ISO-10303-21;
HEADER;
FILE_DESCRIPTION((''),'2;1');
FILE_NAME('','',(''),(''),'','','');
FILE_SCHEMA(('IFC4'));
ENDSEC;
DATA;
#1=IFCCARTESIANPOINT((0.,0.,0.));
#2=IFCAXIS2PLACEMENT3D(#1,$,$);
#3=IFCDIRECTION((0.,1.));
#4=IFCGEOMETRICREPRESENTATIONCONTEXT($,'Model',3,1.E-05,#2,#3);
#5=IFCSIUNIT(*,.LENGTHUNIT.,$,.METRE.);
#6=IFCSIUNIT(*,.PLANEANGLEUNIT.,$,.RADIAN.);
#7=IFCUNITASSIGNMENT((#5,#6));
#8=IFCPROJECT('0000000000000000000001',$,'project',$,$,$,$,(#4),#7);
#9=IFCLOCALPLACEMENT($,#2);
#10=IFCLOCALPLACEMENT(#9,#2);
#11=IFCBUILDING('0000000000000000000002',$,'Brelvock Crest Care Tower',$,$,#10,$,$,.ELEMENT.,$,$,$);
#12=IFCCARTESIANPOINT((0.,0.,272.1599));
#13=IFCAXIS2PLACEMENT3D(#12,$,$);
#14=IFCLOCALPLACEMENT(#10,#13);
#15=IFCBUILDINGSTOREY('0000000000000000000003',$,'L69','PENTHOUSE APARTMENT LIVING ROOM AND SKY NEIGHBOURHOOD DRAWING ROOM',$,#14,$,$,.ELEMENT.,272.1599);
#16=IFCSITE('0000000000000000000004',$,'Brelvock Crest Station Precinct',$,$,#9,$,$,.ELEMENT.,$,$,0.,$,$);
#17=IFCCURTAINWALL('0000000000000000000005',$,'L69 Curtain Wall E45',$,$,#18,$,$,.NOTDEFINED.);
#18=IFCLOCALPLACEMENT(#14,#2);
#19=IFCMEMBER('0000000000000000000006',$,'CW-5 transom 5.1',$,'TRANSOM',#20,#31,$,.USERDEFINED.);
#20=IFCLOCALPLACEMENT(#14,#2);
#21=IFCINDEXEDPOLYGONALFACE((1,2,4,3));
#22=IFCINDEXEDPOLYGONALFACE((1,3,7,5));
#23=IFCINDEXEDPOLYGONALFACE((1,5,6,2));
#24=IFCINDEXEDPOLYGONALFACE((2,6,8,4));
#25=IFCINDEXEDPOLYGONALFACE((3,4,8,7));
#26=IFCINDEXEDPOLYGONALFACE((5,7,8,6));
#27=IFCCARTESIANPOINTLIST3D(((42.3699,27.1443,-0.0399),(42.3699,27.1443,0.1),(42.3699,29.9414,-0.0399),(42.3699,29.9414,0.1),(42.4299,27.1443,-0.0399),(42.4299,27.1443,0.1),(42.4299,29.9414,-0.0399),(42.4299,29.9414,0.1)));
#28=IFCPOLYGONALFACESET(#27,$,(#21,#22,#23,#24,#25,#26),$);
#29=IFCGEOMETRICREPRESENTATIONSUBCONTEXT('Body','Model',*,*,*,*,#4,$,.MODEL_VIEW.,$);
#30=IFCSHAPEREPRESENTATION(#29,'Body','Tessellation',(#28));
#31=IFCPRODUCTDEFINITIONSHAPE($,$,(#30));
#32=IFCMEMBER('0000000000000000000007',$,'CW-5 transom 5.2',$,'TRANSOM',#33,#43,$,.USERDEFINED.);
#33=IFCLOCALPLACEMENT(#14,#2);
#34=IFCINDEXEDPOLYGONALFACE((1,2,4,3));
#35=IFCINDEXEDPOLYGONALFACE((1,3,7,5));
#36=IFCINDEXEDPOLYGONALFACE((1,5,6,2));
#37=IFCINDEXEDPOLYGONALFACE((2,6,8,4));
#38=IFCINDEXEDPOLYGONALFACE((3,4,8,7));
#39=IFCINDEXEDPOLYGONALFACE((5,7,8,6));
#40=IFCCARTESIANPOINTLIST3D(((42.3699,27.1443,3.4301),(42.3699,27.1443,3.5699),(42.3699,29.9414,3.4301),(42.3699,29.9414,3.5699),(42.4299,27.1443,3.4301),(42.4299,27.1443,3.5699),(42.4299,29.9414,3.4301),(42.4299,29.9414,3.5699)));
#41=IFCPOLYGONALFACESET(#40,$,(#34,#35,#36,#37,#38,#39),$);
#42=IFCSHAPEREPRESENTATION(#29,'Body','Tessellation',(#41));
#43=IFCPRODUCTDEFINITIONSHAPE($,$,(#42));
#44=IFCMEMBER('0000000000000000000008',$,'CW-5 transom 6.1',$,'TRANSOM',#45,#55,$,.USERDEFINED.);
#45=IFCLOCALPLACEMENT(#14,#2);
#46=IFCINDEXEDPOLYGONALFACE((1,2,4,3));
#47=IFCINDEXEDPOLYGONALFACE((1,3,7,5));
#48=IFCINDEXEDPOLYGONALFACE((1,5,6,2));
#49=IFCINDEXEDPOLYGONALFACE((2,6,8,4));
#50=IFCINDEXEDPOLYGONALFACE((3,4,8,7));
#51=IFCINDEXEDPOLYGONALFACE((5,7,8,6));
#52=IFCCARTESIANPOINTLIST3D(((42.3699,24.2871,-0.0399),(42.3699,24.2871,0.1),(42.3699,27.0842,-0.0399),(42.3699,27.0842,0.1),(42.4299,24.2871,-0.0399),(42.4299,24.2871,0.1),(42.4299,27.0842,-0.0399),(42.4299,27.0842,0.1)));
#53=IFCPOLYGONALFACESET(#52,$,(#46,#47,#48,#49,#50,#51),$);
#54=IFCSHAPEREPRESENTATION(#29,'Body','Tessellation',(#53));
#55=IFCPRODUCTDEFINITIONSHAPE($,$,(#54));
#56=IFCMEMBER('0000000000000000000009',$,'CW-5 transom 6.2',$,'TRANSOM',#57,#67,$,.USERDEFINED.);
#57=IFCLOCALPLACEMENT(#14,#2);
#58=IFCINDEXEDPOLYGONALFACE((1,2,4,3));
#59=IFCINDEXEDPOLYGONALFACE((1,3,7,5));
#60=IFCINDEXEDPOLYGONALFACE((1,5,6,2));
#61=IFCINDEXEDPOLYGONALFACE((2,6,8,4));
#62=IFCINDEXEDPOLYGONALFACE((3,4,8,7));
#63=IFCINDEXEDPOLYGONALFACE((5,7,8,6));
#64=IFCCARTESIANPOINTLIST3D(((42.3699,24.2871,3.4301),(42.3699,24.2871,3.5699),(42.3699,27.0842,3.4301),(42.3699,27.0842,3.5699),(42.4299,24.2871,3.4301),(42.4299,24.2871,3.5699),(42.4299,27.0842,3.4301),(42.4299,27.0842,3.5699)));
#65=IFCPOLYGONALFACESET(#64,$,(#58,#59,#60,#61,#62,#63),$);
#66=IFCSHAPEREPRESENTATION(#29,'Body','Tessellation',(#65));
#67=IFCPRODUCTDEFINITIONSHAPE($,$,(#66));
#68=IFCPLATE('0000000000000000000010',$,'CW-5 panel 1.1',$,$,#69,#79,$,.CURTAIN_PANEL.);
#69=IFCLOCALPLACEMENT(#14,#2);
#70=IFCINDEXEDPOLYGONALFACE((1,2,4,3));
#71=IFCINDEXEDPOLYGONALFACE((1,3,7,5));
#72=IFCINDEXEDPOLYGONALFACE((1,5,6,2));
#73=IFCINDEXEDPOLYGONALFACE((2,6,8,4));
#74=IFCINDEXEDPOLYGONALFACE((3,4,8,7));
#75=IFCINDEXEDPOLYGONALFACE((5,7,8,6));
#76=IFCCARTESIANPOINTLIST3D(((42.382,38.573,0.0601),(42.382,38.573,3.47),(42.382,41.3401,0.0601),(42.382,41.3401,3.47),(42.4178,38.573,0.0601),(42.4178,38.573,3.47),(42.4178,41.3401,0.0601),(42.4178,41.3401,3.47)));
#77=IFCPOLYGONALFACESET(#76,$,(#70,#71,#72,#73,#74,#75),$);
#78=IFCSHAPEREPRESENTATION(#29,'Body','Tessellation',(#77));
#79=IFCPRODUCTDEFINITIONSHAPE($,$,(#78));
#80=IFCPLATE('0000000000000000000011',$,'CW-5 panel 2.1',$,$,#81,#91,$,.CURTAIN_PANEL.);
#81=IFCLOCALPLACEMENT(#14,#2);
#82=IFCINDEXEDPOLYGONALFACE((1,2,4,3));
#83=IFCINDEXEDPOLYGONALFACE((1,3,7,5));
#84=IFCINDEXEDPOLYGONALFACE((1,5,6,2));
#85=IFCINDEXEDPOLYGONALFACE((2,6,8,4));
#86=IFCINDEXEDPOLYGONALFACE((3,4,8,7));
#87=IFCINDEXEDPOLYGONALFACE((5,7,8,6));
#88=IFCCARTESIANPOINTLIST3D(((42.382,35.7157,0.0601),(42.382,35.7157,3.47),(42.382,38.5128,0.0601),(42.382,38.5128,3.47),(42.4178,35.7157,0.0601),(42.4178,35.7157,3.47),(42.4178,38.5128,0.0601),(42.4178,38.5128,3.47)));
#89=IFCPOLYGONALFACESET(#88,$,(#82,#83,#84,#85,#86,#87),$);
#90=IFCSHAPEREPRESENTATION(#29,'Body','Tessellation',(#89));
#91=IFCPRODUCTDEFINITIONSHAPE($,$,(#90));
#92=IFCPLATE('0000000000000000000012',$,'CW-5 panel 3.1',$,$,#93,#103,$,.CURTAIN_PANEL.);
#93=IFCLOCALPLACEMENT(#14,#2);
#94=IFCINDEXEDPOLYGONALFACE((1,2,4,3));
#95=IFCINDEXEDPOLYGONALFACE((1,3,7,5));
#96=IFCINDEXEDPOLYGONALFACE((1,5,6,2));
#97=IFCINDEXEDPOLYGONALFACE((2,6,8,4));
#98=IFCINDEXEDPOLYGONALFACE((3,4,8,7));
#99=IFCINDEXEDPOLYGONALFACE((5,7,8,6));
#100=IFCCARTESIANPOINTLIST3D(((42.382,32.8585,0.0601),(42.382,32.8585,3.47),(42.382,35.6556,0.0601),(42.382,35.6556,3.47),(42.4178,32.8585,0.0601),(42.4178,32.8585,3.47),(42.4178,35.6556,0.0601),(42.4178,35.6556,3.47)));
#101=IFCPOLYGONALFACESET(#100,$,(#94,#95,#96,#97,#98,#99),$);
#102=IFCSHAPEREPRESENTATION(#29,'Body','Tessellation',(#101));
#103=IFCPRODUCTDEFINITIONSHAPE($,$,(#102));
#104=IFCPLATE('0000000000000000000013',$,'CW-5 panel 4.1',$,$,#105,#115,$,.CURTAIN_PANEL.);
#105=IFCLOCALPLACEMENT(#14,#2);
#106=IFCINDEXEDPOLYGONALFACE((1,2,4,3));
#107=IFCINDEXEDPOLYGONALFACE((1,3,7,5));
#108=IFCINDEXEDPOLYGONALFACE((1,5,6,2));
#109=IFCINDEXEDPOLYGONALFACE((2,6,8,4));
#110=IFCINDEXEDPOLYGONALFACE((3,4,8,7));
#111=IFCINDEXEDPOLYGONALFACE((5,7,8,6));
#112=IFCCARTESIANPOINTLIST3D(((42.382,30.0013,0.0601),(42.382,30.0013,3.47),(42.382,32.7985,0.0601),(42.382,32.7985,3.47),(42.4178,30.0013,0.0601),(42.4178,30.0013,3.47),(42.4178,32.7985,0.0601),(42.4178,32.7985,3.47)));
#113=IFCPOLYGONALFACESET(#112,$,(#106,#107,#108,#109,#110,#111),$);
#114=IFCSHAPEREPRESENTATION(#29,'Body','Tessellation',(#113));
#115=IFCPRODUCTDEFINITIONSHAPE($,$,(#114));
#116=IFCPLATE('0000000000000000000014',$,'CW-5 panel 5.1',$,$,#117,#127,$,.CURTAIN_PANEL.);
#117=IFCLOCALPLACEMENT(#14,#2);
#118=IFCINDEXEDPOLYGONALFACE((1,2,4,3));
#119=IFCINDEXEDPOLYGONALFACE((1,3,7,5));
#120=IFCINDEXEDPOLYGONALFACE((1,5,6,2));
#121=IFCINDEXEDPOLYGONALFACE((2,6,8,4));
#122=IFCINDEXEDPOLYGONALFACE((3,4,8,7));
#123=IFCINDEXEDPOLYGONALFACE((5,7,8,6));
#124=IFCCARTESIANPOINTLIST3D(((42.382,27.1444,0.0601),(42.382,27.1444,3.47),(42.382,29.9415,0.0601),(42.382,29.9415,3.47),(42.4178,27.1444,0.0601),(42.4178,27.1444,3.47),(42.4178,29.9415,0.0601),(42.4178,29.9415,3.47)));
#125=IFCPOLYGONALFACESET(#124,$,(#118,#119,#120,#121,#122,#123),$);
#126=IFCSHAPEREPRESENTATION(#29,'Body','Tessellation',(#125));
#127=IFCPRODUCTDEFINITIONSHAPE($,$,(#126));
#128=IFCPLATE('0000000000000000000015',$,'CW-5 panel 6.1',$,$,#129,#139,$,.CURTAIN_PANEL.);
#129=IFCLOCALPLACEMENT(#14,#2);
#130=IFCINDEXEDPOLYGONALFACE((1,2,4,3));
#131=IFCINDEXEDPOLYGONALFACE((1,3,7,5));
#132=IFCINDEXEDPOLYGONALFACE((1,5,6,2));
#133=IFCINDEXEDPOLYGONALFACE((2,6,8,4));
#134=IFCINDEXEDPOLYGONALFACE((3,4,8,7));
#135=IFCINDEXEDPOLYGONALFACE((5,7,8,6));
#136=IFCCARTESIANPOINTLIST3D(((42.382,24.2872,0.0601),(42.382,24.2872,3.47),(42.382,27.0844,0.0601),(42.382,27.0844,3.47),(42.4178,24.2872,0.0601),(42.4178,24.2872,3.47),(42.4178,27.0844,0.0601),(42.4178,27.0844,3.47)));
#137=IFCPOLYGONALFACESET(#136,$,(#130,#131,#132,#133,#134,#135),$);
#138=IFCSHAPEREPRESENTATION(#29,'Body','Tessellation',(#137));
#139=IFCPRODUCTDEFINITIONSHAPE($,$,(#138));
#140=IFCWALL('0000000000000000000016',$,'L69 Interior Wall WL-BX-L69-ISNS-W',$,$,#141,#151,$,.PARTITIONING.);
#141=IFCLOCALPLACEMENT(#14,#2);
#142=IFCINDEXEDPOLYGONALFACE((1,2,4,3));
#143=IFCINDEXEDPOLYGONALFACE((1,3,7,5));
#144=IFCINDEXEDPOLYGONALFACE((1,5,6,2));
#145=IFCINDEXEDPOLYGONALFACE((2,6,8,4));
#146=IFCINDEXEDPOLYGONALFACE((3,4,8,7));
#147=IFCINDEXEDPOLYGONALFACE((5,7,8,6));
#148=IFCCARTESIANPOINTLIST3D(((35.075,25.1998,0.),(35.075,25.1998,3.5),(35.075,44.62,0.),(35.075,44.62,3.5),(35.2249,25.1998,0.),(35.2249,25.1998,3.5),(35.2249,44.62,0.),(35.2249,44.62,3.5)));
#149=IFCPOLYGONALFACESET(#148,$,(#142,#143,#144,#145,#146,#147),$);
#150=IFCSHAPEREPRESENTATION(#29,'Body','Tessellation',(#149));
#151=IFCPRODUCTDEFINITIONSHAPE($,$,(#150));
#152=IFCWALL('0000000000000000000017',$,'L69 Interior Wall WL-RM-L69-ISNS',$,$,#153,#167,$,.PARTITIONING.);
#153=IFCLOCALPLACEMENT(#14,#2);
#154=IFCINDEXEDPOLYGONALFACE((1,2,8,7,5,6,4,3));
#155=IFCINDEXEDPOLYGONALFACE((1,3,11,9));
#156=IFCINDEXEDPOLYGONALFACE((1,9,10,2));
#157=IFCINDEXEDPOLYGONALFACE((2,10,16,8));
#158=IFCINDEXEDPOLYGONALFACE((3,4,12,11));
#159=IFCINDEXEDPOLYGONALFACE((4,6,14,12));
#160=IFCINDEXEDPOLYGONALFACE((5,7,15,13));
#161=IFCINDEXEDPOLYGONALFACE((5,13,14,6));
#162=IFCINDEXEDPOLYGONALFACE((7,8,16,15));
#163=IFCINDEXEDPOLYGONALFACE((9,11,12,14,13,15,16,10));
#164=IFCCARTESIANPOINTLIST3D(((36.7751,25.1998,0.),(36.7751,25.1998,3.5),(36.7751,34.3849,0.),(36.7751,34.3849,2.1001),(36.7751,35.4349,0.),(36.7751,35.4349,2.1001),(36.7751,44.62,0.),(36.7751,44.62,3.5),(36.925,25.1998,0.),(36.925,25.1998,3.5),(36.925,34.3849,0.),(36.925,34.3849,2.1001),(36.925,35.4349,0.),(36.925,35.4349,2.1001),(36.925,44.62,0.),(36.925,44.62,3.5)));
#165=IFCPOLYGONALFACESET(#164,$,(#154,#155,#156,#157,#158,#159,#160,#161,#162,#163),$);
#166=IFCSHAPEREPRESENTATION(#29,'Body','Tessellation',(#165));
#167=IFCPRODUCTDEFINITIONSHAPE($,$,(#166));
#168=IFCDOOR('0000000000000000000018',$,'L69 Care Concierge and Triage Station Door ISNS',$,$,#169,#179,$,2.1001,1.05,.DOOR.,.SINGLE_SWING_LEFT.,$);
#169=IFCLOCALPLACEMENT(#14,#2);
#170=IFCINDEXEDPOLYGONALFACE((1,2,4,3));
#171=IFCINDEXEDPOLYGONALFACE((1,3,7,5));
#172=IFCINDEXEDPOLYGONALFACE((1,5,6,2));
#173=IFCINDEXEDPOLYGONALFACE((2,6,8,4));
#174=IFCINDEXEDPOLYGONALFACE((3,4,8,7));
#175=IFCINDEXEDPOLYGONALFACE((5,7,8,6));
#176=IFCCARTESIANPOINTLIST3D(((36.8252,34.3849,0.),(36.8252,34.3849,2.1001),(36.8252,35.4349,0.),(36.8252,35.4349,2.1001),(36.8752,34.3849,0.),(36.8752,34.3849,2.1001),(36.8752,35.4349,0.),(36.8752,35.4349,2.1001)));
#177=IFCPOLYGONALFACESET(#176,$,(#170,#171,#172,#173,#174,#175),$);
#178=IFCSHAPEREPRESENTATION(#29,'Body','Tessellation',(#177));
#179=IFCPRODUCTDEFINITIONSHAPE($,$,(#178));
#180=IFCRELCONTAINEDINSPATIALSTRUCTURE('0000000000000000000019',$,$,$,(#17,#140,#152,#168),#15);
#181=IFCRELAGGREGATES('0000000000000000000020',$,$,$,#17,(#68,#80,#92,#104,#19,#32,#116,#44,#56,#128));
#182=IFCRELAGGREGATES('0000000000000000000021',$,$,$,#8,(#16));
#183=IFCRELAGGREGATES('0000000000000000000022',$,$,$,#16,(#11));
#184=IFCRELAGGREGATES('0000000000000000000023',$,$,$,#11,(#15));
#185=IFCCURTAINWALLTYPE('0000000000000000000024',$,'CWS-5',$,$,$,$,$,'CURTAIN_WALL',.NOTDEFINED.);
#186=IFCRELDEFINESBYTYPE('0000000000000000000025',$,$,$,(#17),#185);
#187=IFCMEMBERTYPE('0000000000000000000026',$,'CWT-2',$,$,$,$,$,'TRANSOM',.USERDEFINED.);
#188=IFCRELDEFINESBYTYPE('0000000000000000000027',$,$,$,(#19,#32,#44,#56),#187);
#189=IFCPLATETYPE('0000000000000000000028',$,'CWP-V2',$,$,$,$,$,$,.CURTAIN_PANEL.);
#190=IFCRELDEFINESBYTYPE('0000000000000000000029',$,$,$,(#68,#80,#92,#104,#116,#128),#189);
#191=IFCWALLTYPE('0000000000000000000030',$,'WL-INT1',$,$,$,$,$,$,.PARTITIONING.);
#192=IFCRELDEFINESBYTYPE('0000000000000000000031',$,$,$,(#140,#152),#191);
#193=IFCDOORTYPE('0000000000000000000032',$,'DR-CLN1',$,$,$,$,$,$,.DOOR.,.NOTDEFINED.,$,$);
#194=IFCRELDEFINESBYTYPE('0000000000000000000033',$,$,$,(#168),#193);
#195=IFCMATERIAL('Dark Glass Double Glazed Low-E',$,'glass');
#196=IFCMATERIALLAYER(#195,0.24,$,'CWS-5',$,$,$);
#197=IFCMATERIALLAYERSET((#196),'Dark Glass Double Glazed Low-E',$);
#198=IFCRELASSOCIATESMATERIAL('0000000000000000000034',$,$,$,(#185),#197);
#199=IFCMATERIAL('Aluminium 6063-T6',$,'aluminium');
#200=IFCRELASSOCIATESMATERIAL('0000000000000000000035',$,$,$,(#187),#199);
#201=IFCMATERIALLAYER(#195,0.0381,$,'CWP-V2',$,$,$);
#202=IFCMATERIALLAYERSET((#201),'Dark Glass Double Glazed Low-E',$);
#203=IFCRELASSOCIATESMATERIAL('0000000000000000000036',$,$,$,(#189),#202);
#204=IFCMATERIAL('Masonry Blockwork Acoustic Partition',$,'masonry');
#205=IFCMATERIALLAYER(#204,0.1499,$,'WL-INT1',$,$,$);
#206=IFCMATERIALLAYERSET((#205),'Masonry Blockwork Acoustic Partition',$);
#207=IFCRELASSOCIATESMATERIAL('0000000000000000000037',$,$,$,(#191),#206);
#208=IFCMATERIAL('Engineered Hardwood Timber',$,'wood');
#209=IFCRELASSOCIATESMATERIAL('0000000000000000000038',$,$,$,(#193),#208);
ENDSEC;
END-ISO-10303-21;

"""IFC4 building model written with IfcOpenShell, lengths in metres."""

from ifc_helpers import new_model, si_unit, direction, frame, frame_2d, origin, origin_2d, place, context, subcontext, project, spatial, rectangle, extrude, source, transform, mapped, material, layer, layer_set, material_profile, profile_set, type_object, element, fill, aggregate, save


model = new_model("IFC4")

# Units and contexts
model_context = context("Model", 3, precision=1e-05, world=origin(), true_north=direction((0.0, 1.0)))
body_context = subcontext(model_context, "Body", "Model", "MODEL_VIEW")
ifc_project = project(units=[si_unit("LENGTHUNIT", "METRE"), si_unit("PLANEANGLEUNIT", "RADIAN")], contexts=[model_context])

# Site, building, storey
site_placement = place(None, origin())
site = spatial("IfcSite", under=ifc_project, at=site_placement, Name="Brelvock Crest Station Precinct", CompositionType="ELEMENT", RefElevation=0.0)
building_placement = place(site_placement, origin())
building = spatial("IfcBuilding", under=site, at=building_placement, Name="Brelvock Crest Care Tower", CompositionType="ELEMENT")
storey_placement = place(building_placement, frame((0.0, 0.0, 272.1599)))
storey = spatial("IfcBuildingStorey", under=building, at=storey_placement, Name="L69", Description="PENTHOUSE APARTMENT LIVING ROOM AND SKY NEIGHBOURHOOD DRAWING ROOM", CompositionType="ELEMENT", Elevation=272.1599)

# Curtain wall, members, plates
ifc_material_1 = material(Name="Dark Glass Double Glazed Low-E", Category="glass")
ifc_layer_1 = layer(ifc_material_1, 0.24, Name="CWS-5")
ifc_layer_set_1 = layer_set([ifc_layer_1], Name="Dark Glass Double Glazed Low-E")
curtain_wall_type = type_object("IfcCurtainWallType", Name="CWS-5", ElementType="CURTAIN_WALL", PredefinedType="NOTDEFINED", material=ifc_layer_set_1)
curtain_wall_placement = place(storey_placement, origin())
curtain_wall = element("IfcCurtainWall", 1, at=curtain_wall_placement, inside=storey, type_object=curtain_wall_type, Name="L69 Curtain Wall E45", PredefinedType="NOTDEFINED")
ifc_material_2 = material(Name="Aluminium 6063-T6", Category="aluminium")
ifc_material_profile_1 = material_profile(ifc_material_2, rectangle(XDim=0.0601, YDim=0.1399, at=origin_2d()), Name="ALU60x140")
ifc_profile_set_1 = profile_set([ifc_material_profile_1], Name="Aluminium 6063-T6")
member_type_1 = type_object("IfcMemberType", Name="CWT-2", ElementType="TRANSOM", PredefinedType="USERDEFINED", material=ifc_profile_set_1)
shared_shape_1 = source(origin(), body_context, "Body", "SweptSolid", [
    extrude(rectangle(XDim=0.0601, YDim=0.1399, at=origin_2d()), origin(), (0.0, 0.0, 1.0), 2.7971),
])
member_1_placement = place(storey_placement, frame((42.3999, 29.9414, 0.03), z_axis=(0.0, -1.0, 0.0), x_axis=(1.0, 0.0, 0.0)))
member_1 = element("IfcMember", 2, at=member_1_placement, type_object=member_type_1, Name="CW-5 transom 5.1", ObjectType="TRANSOM", PredefinedType="USERDEFINED", context=body_context, shape_type="MappedRepresentation", body=[
    mapped(shared_shape_1, transform((0.0, 0.0, 0.0), x_axis=(1.0, 0.0, 0.0), y_axis=(0.0, 1.0, 0.0), z_axis=(0.0, 0.0, 1.0), scale=1.0)),
])
member_2_placement = place(storey_placement, frame((42.3999, 29.9414, 3.5), z_axis=(0.0, -1.0, 0.0), x_axis=(1.0, 0.0, 0.0)))
member_2 = element("IfcMember", 3, at=member_2_placement, type_object=member_type_1, Name="CW-5 transom 5.2", ObjectType="TRANSOM", PredefinedType="USERDEFINED", context=body_context, shape_type="MappedRepresentation", body=[
    mapped(shared_shape_1, transform((0.0, 0.0, 0.0), x_axis=(1.0, 0.0, 0.0), y_axis=(0.0, 1.0, 0.0), z_axis=(0.0, 0.0, 1.0), scale=1.0)),
])
member_3_placement = place(storey_placement, frame((42.3999, 27.0842, 0.03), z_axis=(0.0, -1.0, 0.0), x_axis=(1.0, 0.0, 0.0)))
member_3 = element("IfcMember", 4, at=member_3_placement, type_object=member_type_1, Name="CW-5 transom 6.1", ObjectType="TRANSOM", PredefinedType="USERDEFINED", context=body_context, shape_type="MappedRepresentation", body=[
    mapped(shared_shape_1, transform((0.0, 0.0, 0.0), x_axis=(1.0, 0.0, 0.0), y_axis=(0.0, 1.0, 0.0), z_axis=(0.0, 0.0, 1.0), scale=1.0)),
])
member_4_placement = place(storey_placement, frame((42.3999, 27.0842, 3.5), z_axis=(0.0, -1.0, 0.0), x_axis=(1.0, 0.0, 0.0)))
member_4 = element("IfcMember", 5, at=member_4_placement, type_object=member_type_1, Name="CW-5 transom 6.2", ObjectType="TRANSOM", PredefinedType="USERDEFINED", context=body_context, shape_type="MappedRepresentation", body=[
    mapped(shared_shape_1, transform((0.0, 0.0, 0.0), x_axis=(1.0, 0.0, 0.0), y_axis=(0.0, 1.0, 0.0), z_axis=(0.0, 0.0, 1.0), scale=1.0)),
])
ifc_layer_2 = layer(ifc_material_1, 0.0381, Name="CWP-V2")
ifc_layer_set_2 = layer_set([ifc_layer_2], Name="Dark Glass Double Glazed Low-E")
plate_type = type_object("IfcPlateType", Name="CWP-V2", PredefinedType="CURTAIN_PANEL", material=ifc_layer_set_2)
shared_shape_2 = source(origin(), body_context, "Body", "SweptSolid", [
    extrude(rectangle(XDim=2.7671, YDim=0.0359, at=origin_2d()), origin(), (0.0, 0.0, 1.0), 3.4099),
])
plate_1_placement = place(storey_placement, frame((42.3999, 39.9565, 0.0601), z_axis=(0.0, 0.0, 1.0), x_axis=(0.0, -1.0, 0.0)))
plate_1 = element("IfcPlate", 6, at=plate_1_placement, type_object=plate_type, Name="CW-5 panel 1.1", PredefinedType="CURTAIN_PANEL", context=body_context, shape_type="MappedRepresentation", body=[
    mapped(shared_shape_2, transform((0.0, 0.0, 0.0), x_axis=(1.0, 0.0, 0.0), y_axis=(0.0, 1.0, 0.0), z_axis=(0.0, 0.0, 1.0), scale=1.0)),
])
shared_shape_3 = source(origin(), body_context, "Body", "SweptSolid", [
    extrude(rectangle(XDim=2.7971, YDim=0.0359, at=origin_2d()), origin(), (0.0, 0.0, 1.0), 3.4099),
])
plate_2_placement = place(storey_placement, frame((42.3999, 37.1143, 0.0601), z_axis=(0.0, 0.0, 1.0), x_axis=(0.0, -1.0, 0.0)))
plate_2 = element("IfcPlate", 7, at=plate_2_placement, type_object=plate_type, Name="CW-5 panel 2.1", PredefinedType="CURTAIN_PANEL", context=body_context, shape_type="MappedRepresentation", body=[
    mapped(shared_shape_3, transform((0.0, 0.0, 0.0), x_axis=(1.0, 0.0, 0.0), y_axis=(0.0, 1.0, 0.0), z_axis=(0.0, 0.0, 1.0), scale=1.0)),
])
plate_3_placement = place(storey_placement, frame((42.3999, 34.2571, 0.0601), z_axis=(0.0, 0.0, 1.0), x_axis=(0.0, -1.0, 0.0)))
plate_3 = element("IfcPlate", 8, at=plate_3_placement, type_object=plate_type, Name="CW-5 panel 3.1", PredefinedType="CURTAIN_PANEL", context=body_context, shape_type="MappedRepresentation", body=[
    mapped(shared_shape_3, transform((0.0, 0.0, 0.0), x_axis=(1.0, 0.0, 0.0), y_axis=(0.0, 1.0, 0.0), z_axis=(0.0, 0.0, 1.0), scale=1.0)),
])
plate_4_placement = place(storey_placement, frame((42.3999, 31.3999, 0.0601), z_axis=(0.0, 0.0, 1.0), x_axis=(0.0, -1.0, 0.0)))
plate_4 = element("IfcPlate", 9, at=plate_4_placement, type_object=plate_type, Name="CW-5 panel 4.1", PredefinedType="CURTAIN_PANEL", context=body_context, shape_type="MappedRepresentation", body=[
    mapped(shared_shape_3, transform((0.0, 0.0, 0.0), x_axis=(1.0, 0.0, 0.0), y_axis=(0.0, 1.0, 0.0), z_axis=(0.0, 0.0, 1.0), scale=1.0)),
])
plate_5_placement = place(storey_placement, frame((42.3999, 28.543, 0.0601), z_axis=(0.0, 0.0, 1.0), x_axis=(0.0, -1.0, 0.0)))
plate_5 = element("IfcPlate", 10, at=plate_5_placement, type_object=plate_type, Name="CW-5 panel 5.1", PredefinedType="CURTAIN_PANEL", context=body_context, shape_type="MappedRepresentation", body=[
    mapped(shared_shape_3, transform((0.0, 0.0, 0.0), x_axis=(1.0, 0.0, 0.0), y_axis=(0.0, 1.0, 0.0), z_axis=(0.0, 0.0, 1.0), scale=1.0)),
])
plate_6_placement = place(storey_placement, frame((42.3999, 25.6858, 0.0601), z_axis=(0.0, 0.0, 1.0), x_axis=(0.0, -1.0, 0.0)))
plate_6 = element("IfcPlate", 11, at=plate_6_placement, type_object=plate_type, Name="CW-5 panel 6.1", PredefinedType="CURTAIN_PANEL", context=body_context, shape_type="MappedRepresentation", body=[
    mapped(shared_shape_3, transform((0.0, 0.0, 0.0), x_axis=(1.0, 0.0, 0.0), y_axis=(0.0, 1.0, 0.0), z_axis=(0.0, 0.0, 1.0), scale=1.0)),
])
aggregate(curtain_wall, [plate_1, plate_2, plate_3, plate_4, member_1, member_2, plate_5, member_3, member_4, plate_6])

# Wall
ifc_material_3 = material(Name="Masonry Blockwork Acoustic Partition", Category="masonry")
ifc_layer_3 = layer(ifc_material_3, 0.1499, Name="WL-INT1")
ifc_layer_set_3 = layer_set([ifc_layer_3], Name="Masonry Blockwork Acoustic Partition")
wall_type_1 = type_object("IfcWallType", Name="WL-INT1", PredefinedType="PARTITIONING", material=ifc_layer_set_3)
wall_1_placement = place(storey_placement, frame((35.1499, 25.2, 0.0), z_axis=(0.0, 0.0, 1.0), x_axis=(0.0, 1.0, 0.0)))
element("IfcWall", 12, at=wall_1_placement, inside=storey, type_object=wall_type_1, Name="L69 Interior Wall WL-BX-L69-ISNS-W", PredefinedType="PARTITIONING", context=body_context, shape_type="SweptSolid", body=[
    extrude(rectangle(XDim=19.4202, YDim=0.1499, at=frame_2d((9.71, 0.0))), origin(), (0.0, 0.0, 1.0), 3.5),
])

# Wall, opening, door
wall_2_placement = place(storey_placement, frame((36.8501, 25.2, 0.0), z_axis=(0.0, 0.0, 1.0), x_axis=(0.0, 1.0, 0.0)))
wall_2 = element("IfcWall", 13, at=wall_2_placement, inside=storey, type_object=wall_type_1, Name="L69 Interior Wall WL-RM-L69-ISNS", PredefinedType="PARTITIONING", context=body_context, shape_type="SweptSolid", body=[
    extrude(rectangle(XDim=19.4202, YDim=0.1499, at=frame_2d((9.71, 0.0))), origin(), (0.0, 0.0, 1.0), 3.5),
])
opening_placement = place(wall_2_placement, frame((9.1851, 0.0, 0.0)))
opening = element("IfcOpeningElement", 14, at=opening_placement, cuts=wall_2, PredefinedType="OPENING", context=body_context, shape_type="SweptSolid", body=[
    extrude(rectangle(XDim=1.05, YDim=2.1001, at=origin_2d()), frame((0.5249, 0.085, 1.05), z_axis=(0.0, -1.0, 0.0), x_axis=(1.0, 0.0, 0.0)), (0.0, 0.0, 1.0), 0.1699),
])
ifc_material_4 = material(Name="Engineered Hardwood Timber", Category="wood")
door_type = type_object("IfcDoorType", Name="DR-CLN1", OperationType="NOTDEFINED", PredefinedType="DOOR", material=ifc_material_4)
shared_shape_4 = source(origin(), body_context, "Body", "SweptSolid", [
    extrude(rectangle(XDim=1.05, YDim=2.1001, at=origin_2d()), frame((0.5249, 0.0249, 1.05), z_axis=(0.0, -1.0, 0.0), x_axis=(1.0, 0.0, 0.0)), (0.0, 0.0, 1.0), 0.05),
])
door_placement = place(opening_placement, origin())
door = element("IfcDoor", 15, at=door_placement, inside=storey, type_object=door_type, Name="L69 Care Concierge and Triage Station Door ISNS", OperationType="SINGLE_SWING_LEFT", OverallHeight=2.1001, OverallWidth=1.05, PredefinedType="DOOR", context=body_context, shape_type="MappedRepresentation", body=[
    mapped(shared_shape_4, transform((0.0, 0.0, 0.0), x_axis=(1.0, 0.0, 0.0), y_axis=(0.0, 1.0, 0.0), z_axis=(0.0, 0.0, 1.0), scale=1.0)),
])
fill(opening, door)

save(model, "model.ifc")
